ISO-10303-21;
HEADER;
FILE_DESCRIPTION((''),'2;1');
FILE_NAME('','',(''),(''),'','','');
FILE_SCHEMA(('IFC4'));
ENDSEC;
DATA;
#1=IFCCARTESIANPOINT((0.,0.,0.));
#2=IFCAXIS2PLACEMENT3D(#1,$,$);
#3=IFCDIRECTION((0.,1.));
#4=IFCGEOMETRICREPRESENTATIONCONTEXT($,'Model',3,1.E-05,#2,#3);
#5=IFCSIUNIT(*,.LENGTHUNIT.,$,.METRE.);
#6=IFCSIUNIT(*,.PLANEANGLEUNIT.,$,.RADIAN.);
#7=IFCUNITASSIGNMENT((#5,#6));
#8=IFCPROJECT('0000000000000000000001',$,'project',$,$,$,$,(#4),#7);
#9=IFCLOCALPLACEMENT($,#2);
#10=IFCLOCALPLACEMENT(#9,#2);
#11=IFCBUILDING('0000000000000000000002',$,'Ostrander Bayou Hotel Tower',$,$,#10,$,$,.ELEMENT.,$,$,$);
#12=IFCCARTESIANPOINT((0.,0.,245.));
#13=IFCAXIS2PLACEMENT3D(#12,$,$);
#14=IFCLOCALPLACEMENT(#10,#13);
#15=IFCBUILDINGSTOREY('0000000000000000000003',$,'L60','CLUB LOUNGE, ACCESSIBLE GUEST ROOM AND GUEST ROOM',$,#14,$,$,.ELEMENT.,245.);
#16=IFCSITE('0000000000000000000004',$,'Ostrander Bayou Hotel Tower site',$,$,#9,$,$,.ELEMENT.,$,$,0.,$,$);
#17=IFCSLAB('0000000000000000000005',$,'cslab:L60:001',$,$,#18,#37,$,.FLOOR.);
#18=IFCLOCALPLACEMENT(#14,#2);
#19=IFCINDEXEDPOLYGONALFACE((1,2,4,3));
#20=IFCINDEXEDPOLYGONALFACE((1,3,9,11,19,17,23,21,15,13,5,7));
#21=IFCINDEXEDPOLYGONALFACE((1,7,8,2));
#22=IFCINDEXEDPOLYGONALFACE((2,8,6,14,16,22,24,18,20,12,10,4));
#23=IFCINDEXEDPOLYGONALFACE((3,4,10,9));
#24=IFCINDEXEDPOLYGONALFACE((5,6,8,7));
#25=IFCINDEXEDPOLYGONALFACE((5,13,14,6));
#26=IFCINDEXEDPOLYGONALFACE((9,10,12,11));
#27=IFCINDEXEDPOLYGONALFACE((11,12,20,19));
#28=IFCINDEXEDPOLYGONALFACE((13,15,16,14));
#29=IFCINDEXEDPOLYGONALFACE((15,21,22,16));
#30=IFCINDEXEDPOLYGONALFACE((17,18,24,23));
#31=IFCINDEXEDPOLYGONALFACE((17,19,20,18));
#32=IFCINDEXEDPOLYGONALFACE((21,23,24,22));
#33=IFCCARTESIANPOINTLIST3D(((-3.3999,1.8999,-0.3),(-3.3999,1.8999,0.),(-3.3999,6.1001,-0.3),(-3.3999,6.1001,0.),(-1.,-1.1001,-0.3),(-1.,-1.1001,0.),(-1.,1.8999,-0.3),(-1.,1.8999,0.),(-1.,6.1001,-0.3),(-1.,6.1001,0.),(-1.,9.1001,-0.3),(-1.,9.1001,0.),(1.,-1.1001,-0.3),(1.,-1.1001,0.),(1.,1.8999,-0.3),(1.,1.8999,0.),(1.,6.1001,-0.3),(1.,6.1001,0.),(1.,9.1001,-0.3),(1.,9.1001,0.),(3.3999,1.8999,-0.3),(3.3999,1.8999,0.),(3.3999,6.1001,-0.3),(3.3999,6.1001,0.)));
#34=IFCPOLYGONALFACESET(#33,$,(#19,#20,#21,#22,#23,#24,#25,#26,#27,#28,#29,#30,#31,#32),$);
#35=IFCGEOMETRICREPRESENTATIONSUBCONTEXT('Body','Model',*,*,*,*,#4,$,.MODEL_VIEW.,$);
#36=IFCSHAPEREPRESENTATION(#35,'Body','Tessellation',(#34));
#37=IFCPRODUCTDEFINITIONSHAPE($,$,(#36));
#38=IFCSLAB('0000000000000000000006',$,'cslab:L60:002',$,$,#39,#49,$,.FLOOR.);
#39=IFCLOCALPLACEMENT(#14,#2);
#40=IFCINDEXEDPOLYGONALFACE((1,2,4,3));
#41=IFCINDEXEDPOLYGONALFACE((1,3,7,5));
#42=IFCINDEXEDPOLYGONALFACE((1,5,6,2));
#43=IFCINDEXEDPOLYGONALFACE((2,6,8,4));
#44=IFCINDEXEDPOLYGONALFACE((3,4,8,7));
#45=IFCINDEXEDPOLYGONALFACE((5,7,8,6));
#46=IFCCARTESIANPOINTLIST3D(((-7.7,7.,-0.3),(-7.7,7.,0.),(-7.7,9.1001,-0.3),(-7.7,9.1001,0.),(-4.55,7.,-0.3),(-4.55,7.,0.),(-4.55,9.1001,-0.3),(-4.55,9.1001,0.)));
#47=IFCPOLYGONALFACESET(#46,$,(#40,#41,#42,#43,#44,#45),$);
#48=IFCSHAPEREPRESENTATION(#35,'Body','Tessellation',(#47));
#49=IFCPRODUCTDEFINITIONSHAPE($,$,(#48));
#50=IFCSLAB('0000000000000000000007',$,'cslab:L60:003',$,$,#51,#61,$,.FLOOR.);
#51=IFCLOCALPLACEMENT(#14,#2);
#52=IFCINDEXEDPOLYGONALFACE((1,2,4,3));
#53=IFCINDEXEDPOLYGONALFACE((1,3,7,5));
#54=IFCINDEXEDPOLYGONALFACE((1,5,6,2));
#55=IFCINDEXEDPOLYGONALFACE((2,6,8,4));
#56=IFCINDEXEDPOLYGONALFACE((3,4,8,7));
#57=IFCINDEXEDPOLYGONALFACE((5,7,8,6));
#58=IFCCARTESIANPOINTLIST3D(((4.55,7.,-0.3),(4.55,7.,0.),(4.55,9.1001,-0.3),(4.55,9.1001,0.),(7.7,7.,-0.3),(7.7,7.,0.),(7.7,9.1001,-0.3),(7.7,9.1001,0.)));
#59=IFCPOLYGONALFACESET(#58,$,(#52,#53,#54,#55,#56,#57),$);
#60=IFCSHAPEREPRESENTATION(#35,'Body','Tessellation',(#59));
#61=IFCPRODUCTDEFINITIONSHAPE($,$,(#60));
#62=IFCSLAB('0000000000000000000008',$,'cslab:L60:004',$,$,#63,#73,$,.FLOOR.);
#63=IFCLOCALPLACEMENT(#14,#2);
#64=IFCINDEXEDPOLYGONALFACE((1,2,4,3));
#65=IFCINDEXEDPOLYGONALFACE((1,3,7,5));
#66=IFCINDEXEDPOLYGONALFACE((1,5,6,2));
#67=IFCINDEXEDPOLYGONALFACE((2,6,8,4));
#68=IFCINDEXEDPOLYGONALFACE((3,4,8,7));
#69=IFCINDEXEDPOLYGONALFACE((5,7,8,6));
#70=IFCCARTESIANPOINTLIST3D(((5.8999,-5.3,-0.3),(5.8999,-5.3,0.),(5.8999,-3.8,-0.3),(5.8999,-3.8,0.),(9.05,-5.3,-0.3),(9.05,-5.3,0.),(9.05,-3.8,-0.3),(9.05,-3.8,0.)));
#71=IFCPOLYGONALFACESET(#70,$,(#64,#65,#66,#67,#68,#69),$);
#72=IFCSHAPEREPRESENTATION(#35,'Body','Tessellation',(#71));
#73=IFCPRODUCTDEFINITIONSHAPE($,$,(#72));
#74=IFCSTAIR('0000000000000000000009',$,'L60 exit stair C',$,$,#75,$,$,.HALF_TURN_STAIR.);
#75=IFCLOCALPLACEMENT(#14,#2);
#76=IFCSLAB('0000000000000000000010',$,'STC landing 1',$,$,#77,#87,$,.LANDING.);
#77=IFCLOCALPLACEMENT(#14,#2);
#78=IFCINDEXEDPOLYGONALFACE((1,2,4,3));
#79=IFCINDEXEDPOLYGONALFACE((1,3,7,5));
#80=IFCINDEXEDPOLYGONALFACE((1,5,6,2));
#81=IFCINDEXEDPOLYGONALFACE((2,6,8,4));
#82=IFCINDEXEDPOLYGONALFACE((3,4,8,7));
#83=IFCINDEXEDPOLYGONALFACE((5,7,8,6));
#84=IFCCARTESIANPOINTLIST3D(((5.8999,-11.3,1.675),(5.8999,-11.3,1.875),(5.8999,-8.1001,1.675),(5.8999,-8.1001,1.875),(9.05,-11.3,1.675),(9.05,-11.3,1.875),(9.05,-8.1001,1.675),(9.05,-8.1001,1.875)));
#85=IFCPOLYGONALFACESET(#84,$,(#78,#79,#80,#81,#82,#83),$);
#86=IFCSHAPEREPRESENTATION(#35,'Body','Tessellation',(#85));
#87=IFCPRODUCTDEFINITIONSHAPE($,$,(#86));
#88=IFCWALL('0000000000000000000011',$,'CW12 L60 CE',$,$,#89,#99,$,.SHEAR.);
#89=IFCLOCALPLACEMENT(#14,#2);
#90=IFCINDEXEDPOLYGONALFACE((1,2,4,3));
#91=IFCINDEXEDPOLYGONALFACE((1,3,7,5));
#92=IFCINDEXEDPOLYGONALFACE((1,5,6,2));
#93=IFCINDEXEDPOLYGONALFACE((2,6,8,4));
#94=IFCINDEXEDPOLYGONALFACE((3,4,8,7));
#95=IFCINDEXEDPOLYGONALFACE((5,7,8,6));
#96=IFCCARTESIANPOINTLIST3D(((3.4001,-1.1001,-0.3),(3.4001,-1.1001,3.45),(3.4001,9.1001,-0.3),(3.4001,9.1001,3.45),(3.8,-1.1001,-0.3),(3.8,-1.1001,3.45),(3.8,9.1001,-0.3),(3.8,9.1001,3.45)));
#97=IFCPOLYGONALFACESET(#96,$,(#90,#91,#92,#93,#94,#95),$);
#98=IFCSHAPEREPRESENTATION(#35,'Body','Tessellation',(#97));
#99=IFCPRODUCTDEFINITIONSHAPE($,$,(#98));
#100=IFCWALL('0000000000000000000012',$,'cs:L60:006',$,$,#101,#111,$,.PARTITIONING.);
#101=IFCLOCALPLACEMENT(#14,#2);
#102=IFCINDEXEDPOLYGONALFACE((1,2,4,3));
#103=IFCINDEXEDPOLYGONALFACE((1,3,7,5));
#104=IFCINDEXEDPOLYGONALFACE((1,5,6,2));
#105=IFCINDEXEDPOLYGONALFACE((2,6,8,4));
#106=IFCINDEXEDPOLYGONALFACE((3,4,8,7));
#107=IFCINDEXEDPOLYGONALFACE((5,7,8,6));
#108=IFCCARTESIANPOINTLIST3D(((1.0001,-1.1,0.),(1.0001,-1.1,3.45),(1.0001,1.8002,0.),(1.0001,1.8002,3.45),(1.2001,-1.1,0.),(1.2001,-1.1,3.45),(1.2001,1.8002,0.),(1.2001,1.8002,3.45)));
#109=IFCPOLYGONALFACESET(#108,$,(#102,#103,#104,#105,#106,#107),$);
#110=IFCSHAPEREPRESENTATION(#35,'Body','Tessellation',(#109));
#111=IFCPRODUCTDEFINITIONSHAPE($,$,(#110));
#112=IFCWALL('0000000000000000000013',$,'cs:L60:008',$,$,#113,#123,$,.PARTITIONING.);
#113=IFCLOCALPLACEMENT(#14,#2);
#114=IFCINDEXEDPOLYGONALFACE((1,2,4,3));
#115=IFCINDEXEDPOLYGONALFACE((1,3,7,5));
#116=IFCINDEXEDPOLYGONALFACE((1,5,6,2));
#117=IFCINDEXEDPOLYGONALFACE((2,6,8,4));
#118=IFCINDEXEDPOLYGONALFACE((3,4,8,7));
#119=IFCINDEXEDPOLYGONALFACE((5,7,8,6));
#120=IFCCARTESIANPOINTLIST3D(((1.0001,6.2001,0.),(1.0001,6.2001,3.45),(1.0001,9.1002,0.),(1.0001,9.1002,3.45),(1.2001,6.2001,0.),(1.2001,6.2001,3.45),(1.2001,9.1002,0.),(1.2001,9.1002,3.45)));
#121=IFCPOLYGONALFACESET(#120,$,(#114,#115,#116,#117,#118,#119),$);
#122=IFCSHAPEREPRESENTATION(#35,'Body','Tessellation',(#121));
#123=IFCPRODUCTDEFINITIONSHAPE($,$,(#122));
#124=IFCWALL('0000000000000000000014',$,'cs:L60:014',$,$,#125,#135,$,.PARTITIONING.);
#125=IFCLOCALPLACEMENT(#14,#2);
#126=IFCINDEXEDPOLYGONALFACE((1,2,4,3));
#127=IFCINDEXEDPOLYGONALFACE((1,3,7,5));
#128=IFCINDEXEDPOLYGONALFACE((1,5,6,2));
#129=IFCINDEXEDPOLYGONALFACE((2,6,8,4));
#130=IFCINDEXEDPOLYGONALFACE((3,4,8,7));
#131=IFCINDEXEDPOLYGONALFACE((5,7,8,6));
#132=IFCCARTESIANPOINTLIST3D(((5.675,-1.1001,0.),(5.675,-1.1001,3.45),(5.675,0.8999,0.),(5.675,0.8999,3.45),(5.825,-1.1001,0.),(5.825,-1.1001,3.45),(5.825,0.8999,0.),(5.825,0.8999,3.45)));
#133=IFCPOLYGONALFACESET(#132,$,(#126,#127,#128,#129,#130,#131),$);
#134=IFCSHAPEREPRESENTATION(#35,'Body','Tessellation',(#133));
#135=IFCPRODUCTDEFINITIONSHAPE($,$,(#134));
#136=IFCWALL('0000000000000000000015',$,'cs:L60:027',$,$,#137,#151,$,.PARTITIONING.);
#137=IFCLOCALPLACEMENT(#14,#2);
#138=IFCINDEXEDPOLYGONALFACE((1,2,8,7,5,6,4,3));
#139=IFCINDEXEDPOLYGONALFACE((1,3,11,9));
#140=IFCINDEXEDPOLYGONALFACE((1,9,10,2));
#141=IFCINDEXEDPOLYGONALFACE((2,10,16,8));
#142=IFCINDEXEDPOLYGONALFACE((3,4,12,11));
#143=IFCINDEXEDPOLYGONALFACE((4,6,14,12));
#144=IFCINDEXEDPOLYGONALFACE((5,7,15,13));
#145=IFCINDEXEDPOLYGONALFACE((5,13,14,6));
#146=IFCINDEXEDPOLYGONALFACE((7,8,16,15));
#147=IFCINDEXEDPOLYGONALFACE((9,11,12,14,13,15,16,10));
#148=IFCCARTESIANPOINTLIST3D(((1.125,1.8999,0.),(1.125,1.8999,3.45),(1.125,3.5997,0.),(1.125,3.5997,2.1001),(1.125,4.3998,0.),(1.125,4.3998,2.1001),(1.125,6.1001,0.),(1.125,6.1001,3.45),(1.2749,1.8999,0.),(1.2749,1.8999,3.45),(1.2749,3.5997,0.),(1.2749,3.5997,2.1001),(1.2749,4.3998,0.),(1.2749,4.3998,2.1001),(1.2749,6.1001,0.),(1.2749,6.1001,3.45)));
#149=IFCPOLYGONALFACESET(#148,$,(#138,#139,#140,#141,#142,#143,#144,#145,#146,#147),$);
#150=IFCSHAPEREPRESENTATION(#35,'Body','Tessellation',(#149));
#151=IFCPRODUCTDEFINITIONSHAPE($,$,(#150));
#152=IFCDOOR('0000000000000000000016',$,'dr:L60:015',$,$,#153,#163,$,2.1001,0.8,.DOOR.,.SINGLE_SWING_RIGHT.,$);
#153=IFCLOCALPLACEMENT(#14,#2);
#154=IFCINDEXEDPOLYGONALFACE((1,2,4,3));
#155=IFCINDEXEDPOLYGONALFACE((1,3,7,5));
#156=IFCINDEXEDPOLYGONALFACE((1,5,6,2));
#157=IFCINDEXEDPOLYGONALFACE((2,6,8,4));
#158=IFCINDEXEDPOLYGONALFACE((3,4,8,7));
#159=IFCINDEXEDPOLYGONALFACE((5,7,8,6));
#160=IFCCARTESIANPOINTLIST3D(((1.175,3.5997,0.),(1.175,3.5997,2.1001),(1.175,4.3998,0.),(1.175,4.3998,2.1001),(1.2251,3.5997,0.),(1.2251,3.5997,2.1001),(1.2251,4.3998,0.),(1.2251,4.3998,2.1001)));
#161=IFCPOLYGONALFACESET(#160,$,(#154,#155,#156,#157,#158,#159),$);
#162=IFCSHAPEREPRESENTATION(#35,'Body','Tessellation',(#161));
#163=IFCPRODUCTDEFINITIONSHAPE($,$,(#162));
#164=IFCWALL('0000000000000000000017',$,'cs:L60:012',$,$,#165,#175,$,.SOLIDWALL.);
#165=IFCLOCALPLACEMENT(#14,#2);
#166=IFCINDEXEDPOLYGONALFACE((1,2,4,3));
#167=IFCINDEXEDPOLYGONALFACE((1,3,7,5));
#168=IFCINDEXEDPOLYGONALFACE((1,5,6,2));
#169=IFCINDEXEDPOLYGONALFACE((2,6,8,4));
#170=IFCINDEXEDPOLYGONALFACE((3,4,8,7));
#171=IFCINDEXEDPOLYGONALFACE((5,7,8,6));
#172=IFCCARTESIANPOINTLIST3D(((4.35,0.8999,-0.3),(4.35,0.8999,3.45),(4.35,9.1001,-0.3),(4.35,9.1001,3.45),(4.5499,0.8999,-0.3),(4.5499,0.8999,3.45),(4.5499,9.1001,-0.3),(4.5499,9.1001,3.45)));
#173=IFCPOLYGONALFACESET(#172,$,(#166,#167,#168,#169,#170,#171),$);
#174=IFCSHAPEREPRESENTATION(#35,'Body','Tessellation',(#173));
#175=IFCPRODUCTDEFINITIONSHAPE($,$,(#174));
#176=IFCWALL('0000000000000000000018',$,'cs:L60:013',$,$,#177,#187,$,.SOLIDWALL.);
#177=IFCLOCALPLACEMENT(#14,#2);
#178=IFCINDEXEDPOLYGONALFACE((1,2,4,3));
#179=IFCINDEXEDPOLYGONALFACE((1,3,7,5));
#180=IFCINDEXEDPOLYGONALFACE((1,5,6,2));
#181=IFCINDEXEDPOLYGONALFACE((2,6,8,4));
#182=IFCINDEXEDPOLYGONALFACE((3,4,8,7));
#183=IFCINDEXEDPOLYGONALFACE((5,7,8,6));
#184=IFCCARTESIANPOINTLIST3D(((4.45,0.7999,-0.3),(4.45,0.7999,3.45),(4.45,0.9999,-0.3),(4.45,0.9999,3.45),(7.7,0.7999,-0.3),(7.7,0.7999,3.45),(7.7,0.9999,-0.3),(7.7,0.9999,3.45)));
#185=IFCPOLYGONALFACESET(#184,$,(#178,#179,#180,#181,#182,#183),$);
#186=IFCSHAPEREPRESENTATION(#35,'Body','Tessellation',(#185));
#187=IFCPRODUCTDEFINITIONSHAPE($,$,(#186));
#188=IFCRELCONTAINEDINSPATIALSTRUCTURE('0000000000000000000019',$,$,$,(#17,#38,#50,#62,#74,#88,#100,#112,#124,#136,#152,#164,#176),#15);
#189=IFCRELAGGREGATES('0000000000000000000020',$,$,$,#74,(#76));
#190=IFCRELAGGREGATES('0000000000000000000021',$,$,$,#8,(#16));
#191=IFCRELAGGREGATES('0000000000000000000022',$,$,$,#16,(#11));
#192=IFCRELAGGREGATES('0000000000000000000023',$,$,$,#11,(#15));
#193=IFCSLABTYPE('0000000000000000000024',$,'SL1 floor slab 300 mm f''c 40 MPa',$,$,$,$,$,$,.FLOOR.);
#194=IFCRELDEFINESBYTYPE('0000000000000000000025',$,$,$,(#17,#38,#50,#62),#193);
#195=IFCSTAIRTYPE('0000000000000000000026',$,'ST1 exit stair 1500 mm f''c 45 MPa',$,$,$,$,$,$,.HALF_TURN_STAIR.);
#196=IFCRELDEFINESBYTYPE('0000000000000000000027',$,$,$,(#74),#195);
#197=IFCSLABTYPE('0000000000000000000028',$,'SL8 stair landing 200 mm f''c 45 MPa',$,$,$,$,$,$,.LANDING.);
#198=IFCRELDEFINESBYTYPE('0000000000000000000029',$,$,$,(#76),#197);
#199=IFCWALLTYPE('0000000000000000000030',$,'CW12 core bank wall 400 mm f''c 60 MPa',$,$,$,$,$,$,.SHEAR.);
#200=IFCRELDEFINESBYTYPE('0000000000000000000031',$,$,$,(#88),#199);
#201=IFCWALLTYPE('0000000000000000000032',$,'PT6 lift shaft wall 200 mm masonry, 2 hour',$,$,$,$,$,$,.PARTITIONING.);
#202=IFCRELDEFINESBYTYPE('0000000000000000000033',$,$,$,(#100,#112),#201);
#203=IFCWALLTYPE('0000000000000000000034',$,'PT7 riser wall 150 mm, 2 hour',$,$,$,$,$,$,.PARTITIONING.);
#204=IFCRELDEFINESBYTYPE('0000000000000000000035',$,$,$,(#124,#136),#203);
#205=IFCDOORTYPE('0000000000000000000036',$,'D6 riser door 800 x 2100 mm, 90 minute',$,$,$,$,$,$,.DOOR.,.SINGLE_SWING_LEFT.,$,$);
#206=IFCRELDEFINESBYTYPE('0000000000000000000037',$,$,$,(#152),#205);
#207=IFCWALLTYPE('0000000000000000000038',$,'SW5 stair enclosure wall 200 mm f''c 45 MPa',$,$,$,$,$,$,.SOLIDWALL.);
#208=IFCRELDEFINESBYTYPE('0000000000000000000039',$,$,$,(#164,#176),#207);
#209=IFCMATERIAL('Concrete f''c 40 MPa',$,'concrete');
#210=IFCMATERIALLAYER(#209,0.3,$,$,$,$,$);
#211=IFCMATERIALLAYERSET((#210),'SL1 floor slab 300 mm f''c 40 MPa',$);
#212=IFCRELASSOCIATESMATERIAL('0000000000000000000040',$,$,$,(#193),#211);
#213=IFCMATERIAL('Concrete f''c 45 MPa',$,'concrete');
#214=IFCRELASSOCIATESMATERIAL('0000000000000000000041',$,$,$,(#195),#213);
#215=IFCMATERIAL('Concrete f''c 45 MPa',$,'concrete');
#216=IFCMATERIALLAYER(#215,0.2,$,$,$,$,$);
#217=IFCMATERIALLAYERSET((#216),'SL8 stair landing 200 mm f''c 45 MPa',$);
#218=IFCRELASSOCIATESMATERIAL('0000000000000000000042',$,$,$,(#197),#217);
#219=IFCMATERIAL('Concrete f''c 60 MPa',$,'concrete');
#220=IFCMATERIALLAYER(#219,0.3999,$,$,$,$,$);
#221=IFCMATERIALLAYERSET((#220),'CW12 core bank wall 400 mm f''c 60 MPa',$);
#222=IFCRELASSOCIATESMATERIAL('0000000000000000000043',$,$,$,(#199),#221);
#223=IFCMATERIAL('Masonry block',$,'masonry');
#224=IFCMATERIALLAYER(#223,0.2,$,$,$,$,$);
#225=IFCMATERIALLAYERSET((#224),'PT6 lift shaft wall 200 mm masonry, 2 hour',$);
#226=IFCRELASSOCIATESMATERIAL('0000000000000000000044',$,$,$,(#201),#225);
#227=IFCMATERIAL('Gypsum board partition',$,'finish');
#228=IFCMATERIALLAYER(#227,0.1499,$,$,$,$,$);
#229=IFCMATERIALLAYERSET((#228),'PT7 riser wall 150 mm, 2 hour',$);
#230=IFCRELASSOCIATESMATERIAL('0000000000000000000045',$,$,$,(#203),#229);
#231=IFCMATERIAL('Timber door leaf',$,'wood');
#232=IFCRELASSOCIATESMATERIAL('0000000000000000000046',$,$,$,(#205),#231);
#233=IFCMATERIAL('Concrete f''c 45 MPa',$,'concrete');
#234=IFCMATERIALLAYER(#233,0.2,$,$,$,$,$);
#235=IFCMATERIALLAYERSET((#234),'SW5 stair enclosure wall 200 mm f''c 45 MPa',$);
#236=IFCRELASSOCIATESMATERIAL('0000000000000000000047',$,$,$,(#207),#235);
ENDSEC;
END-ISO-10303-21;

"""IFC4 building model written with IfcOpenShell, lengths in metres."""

from ifc_helpers import new_model, si_unit, direction, frame, frame_2d, origin, place, context, subcontext, project, spatial, polyline, rectangle, outline, extrude, material, layer, layer_set, type_object, element, fill, aggregate, save


model = new_model("IFC4")

# Units and contexts
model_context = context("Model", 3, precision=1e-05, world=origin(), true_north=direction((0.0, 1.0)))
body_context = subcontext(model_context, "Body", "Model", "MODEL_VIEW")
ifc_project = project(units=[si_unit("LENGTHUNIT", "METRE"), si_unit("PLANEANGLEUNIT", "RADIAN")], contexts=[model_context])

# Site, building, storey
site_placement = place(None, origin())
site = spatial("IfcSite", under=ifc_project, at=site_placement, Name="Ostrander Bayou Hotel Tower site", CompositionType="ELEMENT", RefElevation=0.0)
building_placement = place(site_placement, origin())
building = spatial("IfcBuilding", under=site, at=building_placement, Name="Ostrander Bayou Hotel Tower", CompositionType="ELEMENT")
storey_placement = place(building_placement, frame((0.0, 0.0, 245.0)))
storey = spatial("IfcBuildingStorey", under=building, at=storey_placement, Name="L60", Description="CLUB LOUNGE, ACCESSIBLE GUEST ROOM AND GUEST ROOM", CompositionType="ELEMENT", Elevation=245.0)

# Slabs
ifc_material_1 = material(Name="Concrete f'c 40 MPa", Category="concrete")
ifc_layer_1 = layer(ifc_material_1, 0.3)
ifc_layer_set_1 = layer_set([ifc_layer_1], Name="SL1 floor slab 300 mm f'c 40 MPa")
slab_type_1 = type_object("IfcSlabType", Name="SL1 floor slab 300 mm f'c 40 MPa", PredefinedType="FLOOR", material=ifc_layer_set_1)
slab_1_placement = place(storey_placement, frame((0.0, 0.0, -0.3)))
element("IfcSlab", 1, at=slab_1_placement, inside=storey, type_object=slab_type_1, Name="cslab:L60:001", PredefinedType="FLOOR", context=body_context, shape_type="SweptSolid", body=[
    extrude(outline(polyline([(-3.3999, 6.1001), (-1.0, 6.1001), (-1.0, 9.1001), (1.0, 9.1001), (1.0, 6.1001), (3.3999, 6.1001), (3.3999, 1.8999), (1.0, 1.8999), (1.0, -1.1001), (-1.0, -1.1001), (-1.0, 1.8999), (-3.3999, 1.8999), (-3.3999, 6.1001)])), origin(), (0.0, 0.0, 1.0), 0.3),
])
slab_2_placement = place(storey_placement, frame((0.0, 0.0, -0.3)))
element("IfcSlab", 2, at=slab_2_placement, inside=storey, type_object=slab_type_1, Name="cslab:L60:002", PredefinedType="FLOOR", context=body_context, shape_type="SweptSolid", body=[
    extrude(outline(polyline([(-4.55, 7.0), (-4.55, 9.1001), (-7.7, 9.1001), (-7.7, 7.0), (-4.55, 7.0)])), origin(), (0.0, 0.0, 1.0), 0.3),
])
slab_3_placement = place(storey_placement, frame((0.0, 0.0, -0.3)))
element("IfcSlab", 3, at=slab_3_placement, inside=storey, type_object=slab_type_1, Name="cslab:L60:003", PredefinedType="FLOOR", context=body_context, shape_type="SweptSolid", body=[
    extrude(outline(polyline([(7.7, 7.0), (7.7, 9.1001), (4.55, 9.1001), (4.55, 7.0), (7.7, 7.0)])), origin(), (0.0, 0.0, 1.0), 0.3),
])
slab_4_placement = place(storey_placement, frame((0.0, 0.0, -0.3)))
element("IfcSlab", 4, at=slab_4_placement, inside=storey, type_object=slab_type_1, Name="cslab:L60:004", PredefinedType="FLOOR", context=body_context, shape_type="SweptSolid", body=[
    extrude(outline(polyline([(9.05, -5.3), (9.05, -3.8), (5.8999, -3.8), (5.8999, -5.3), (9.05, -5.3)])), origin(), (0.0, 0.0, 1.0), 0.3),
])

# Stair, slab
ifc_material_2 = material(Name="Concrete f'c 45 MPa", Category="concrete")
stair_type = type_object("IfcStairType", Name="ST1 exit stair 1500 mm f'c 45 MPa", PredefinedType="HALF_TURN_STAIR", material=ifc_material_2)
stair_1_placement = place(storey_placement, origin())
stair_1 = element("IfcStair", 5, at=stair_1_placement, inside=storey, type_object=stair_type, Name="L60 exit stair C", PredefinedType="HALF_TURN_STAIR")
ifc_material_3 = material(Name="Concrete f'c 45 MPa", Category="concrete")
ifc_layer_2 = layer(ifc_material_3, 0.2)
ifc_layer_set_2 = layer_set([ifc_layer_2], Name="SL8 stair landing 200 mm f'c 45 MPa")
slab_type_2 = type_object("IfcSlabType", Name="SL8 stair landing 200 mm f'c 45 MPa", PredefinedType="LANDING", material=ifc_layer_set_2)
slab_5_placement = place(storey_placement, frame((0.0, 0.0, 1.675)))
slab_5 = element("IfcSlab", 6, at=slab_5_placement, type_object=slab_type_2, Name="STC landing 1", PredefinedType="LANDING", context=body_context, shape_type="SweptSolid", body=[
    extrude(outline(polyline([(5.8999, -8.1001), (5.8999, -11.3), (9.05, -11.3), (9.05, -8.1001), (5.8999, -8.1001)])), origin(), (0.0, 0.0, 1.0), 0.2),
])
aggregate(stair_1, [slab_5])

# Wall
ifc_material_4 = material(Name="Concrete f'c 60 MPa", Category="concrete")
ifc_layer_3 = layer(ifc_material_4, 0.3999)
ifc_layer_set_3 = layer_set([ifc_layer_3], Name="CW12 core bank wall 400 mm f'c 60 MPa")
wall_type_1 = type_object("IfcWallType", Name="CW12 core bank wall 400 mm f'c 60 MPa", PredefinedType="SHEAR", material=ifc_layer_set_3)
wall_1_placement = place(storey_placement, frame((3.6001, -1.1001, -0.3), z_axis=(0.0, 0.0, 1.0), x_axis=(0.0, 1.0, 0.0)))
element("IfcWall", 7, at=wall_1_placement, inside=storey, type_object=wall_type_1, Name="CW12 L60 CE", PredefinedType="SHEAR", context=body_context, shape_type="SweptSolid", body=[
    extrude(rectangle(XDim=10.2002, YDim=0.3999, at=frame_2d((5.1001, 0.0))), origin(), (0.0, 0.0, 1.0), 3.75),
])

# Shared definitions
ifc_material_5 = material(Name="Masonry block", Category="masonry")
ifc_layer_4 = layer(ifc_material_5, 0.2)
ifc_layer_set_4 = layer_set([ifc_layer_4], Name="PT6 lift shaft wall 200 mm masonry, 2 hour")
wall_type_2 = type_object("IfcWallType", Name="PT6 lift shaft wall 200 mm masonry, 2 hour", PredefinedType="PARTITIONING", material=ifc_layer_set_4)

# Walls
for number, where, z_axis, x_axis, name in (
    (8, (1.1001, -1.1001, 0.0), (0.0, 0.0, 1.0), (0.0, 1.0, 0.0), "cs:L60:006"),
    (9, (1.1001, 6.2, 0.0), (0.0, 0.0, 1.0), (0.0, 1.0, 0.0), "cs:L60:008"),
):
    element("IfcWall", number, at=place(storey_placement, frame(where, z_axis=z_axis, x_axis=x_axis)), inside=storey, type_object=wall_type_2, Name=name, PredefinedType="PARTITIONING", context=body_context, shape_type="SweptSolid", body=[
        extrude(rectangle(XDim=2.9001, YDim=0.2, at=frame_2d((1.4502, 0.0))), origin(), (0.0, 0.0, 1.0), 3.45),
    ])
ifc_material_6 = material(Name="Gypsum board partition", Category="finish")
ifc_layer_5 = layer(ifc_material_6, 0.1499)
ifc_layer_set_5 = layer_set([ifc_layer_5], Name="PT7 riser wall 150 mm, 2 hour")
wall_type_3 = type_object("IfcWallType", Name="PT7 riser wall 150 mm, 2 hour", PredefinedType="PARTITIONING", material=ifc_layer_set_5)
wall_2_placement = place(storey_placement, frame((5.75, -1.1001, 0.0), z_axis=(0.0, 0.0, 1.0), x_axis=(0.0, 1.0, 0.0)))
element("IfcWall", 10, at=wall_2_placement, inside=storey, type_object=wall_type_3, Name="cs:L60:014", PredefinedType="PARTITIONING", context=body_context, shape_type="SweptSolid", body=[
    extrude(rectangle(XDim=2.0, YDim=0.1499, at=frame_2d((1.0, 0.0))), origin(), (0.0, 0.0, 1.0), 3.45),
])

# Wall, opening, door
wall_3_placement = place(storey_placement, frame((1.2, 1.8999, 0.0), z_axis=(0.0, 0.0, 1.0), x_axis=(0.0, 1.0, 0.0)))
wall_3 = element("IfcWall", 11, at=wall_3_placement, inside=storey, type_object=wall_type_3, Name="cs:L60:027", PredefinedType="PARTITIONING", context=body_context, shape_type="SweptSolid", body=[
    extrude(rectangle(XDim=4.2002, YDim=0.1499, at=frame_2d((2.1001, 0.0))), origin(), (0.0, 0.0, 1.0), 3.45),
])
opening_1_placement = place(wall_3_placement, frame((1.7, 0.0, 0.0)))
opening_1 = element("IfcOpeningElement", 12, at=opening_1_placement, cuts=wall_3, PredefinedType="OPENING", context=body_context, shape_type="SweptSolid", body=[
    extrude(rectangle(XDim=0.8, YDim=2.1001, at=frame_2d((0.3999, 1.05))), frame((0.0, 0.075, 0.0), z_axis=(0.0, -1.0, 0.0), x_axis=(1.0, 0.0, 0.0)), (0.0, 0.0, 1.0), 0.1499),
])
ifc_material_7 = material(Name="Timber door leaf", Category="wood")
door_type_1 = type_object("IfcDoorType", Name="D6 riser door 800 x 2100 mm, 90 minute", OperationType="SINGLE_SWING_LEFT", PredefinedType="DOOR", material=ifc_material_7)
door_1_placement = place(opening_1_placement, origin())
door_1 = element("IfcDoor", 13, at=door_1_placement, inside=storey, type_object=door_type_1, Name="dr:L60:015", OperationType="SINGLE_SWING_RIGHT", OverallHeight=2.1001, OverallWidth=0.8, PredefinedType="DOOR", context=body_context, shape_type="SweptSolid", body=[
    extrude(rectangle(XDim=0.8, YDim=2.1001, at=frame_2d((0.3999, 1.05))), frame((0.0, 0.0249, 0.0), z_axis=(0.0, -1.0, 0.0), x_axis=(1.0, 0.0, 0.0)), (0.0, 0.0, 1.0), 0.05),
])
fill(opening_1, door_1)

# Walls
ifc_material_8 = material(Name="Concrete f'c 45 MPa", Category="concrete")
ifc_layer_6 = layer(ifc_material_8, 0.2)
ifc_layer_set_6 = layer_set([ifc_layer_6], Name="SW5 stair enclosure wall 200 mm f'c 45 MPa")
wall_type_4 = type_object("IfcWallType", Name="SW5 stair enclosure wall 200 mm f'c 45 MPa", PredefinedType="SOLIDWALL", material=ifc_layer_set_6)
wall_4_placement = place(storey_placement, frame((4.45, 0.8999, -0.3), z_axis=(0.0, 0.0, 1.0), x_axis=(0.0, 1.0, 0.0)))
element("IfcWall", 14, at=wall_4_placement, inside=storey, type_object=wall_type_4, Name="cs:L60:012", PredefinedType="SOLIDWALL", context=body_context, shape_type="SweptSolid", body=[
    extrude(rectangle(XDim=8.2002, YDim=0.2, at=frame_2d((4.1001, 0.0))), origin(), (0.0, 0.0, 1.0), 3.75),
])
wall_5_placement = place(storey_placement, frame((4.45, 0.8999, -0.3), z_axis=(0.0, 0.0, 1.0), x_axis=(1.0, 0.0, 0.0)))
element("IfcWall", 15, at=wall_5_placement, inside=storey, type_object=wall_type_4, Name="cs:L60:013", PredefinedType="SOLIDWALL", context=body_context, shape_type="SweptSolid", body=[
    extrude(rectangle(XDim=3.25, YDim=0.2, at=frame_2d((1.625, 0.0))), origin(), (0.0, 0.0, 1.0), 3.75),
])

save(model, "model.ifc")
